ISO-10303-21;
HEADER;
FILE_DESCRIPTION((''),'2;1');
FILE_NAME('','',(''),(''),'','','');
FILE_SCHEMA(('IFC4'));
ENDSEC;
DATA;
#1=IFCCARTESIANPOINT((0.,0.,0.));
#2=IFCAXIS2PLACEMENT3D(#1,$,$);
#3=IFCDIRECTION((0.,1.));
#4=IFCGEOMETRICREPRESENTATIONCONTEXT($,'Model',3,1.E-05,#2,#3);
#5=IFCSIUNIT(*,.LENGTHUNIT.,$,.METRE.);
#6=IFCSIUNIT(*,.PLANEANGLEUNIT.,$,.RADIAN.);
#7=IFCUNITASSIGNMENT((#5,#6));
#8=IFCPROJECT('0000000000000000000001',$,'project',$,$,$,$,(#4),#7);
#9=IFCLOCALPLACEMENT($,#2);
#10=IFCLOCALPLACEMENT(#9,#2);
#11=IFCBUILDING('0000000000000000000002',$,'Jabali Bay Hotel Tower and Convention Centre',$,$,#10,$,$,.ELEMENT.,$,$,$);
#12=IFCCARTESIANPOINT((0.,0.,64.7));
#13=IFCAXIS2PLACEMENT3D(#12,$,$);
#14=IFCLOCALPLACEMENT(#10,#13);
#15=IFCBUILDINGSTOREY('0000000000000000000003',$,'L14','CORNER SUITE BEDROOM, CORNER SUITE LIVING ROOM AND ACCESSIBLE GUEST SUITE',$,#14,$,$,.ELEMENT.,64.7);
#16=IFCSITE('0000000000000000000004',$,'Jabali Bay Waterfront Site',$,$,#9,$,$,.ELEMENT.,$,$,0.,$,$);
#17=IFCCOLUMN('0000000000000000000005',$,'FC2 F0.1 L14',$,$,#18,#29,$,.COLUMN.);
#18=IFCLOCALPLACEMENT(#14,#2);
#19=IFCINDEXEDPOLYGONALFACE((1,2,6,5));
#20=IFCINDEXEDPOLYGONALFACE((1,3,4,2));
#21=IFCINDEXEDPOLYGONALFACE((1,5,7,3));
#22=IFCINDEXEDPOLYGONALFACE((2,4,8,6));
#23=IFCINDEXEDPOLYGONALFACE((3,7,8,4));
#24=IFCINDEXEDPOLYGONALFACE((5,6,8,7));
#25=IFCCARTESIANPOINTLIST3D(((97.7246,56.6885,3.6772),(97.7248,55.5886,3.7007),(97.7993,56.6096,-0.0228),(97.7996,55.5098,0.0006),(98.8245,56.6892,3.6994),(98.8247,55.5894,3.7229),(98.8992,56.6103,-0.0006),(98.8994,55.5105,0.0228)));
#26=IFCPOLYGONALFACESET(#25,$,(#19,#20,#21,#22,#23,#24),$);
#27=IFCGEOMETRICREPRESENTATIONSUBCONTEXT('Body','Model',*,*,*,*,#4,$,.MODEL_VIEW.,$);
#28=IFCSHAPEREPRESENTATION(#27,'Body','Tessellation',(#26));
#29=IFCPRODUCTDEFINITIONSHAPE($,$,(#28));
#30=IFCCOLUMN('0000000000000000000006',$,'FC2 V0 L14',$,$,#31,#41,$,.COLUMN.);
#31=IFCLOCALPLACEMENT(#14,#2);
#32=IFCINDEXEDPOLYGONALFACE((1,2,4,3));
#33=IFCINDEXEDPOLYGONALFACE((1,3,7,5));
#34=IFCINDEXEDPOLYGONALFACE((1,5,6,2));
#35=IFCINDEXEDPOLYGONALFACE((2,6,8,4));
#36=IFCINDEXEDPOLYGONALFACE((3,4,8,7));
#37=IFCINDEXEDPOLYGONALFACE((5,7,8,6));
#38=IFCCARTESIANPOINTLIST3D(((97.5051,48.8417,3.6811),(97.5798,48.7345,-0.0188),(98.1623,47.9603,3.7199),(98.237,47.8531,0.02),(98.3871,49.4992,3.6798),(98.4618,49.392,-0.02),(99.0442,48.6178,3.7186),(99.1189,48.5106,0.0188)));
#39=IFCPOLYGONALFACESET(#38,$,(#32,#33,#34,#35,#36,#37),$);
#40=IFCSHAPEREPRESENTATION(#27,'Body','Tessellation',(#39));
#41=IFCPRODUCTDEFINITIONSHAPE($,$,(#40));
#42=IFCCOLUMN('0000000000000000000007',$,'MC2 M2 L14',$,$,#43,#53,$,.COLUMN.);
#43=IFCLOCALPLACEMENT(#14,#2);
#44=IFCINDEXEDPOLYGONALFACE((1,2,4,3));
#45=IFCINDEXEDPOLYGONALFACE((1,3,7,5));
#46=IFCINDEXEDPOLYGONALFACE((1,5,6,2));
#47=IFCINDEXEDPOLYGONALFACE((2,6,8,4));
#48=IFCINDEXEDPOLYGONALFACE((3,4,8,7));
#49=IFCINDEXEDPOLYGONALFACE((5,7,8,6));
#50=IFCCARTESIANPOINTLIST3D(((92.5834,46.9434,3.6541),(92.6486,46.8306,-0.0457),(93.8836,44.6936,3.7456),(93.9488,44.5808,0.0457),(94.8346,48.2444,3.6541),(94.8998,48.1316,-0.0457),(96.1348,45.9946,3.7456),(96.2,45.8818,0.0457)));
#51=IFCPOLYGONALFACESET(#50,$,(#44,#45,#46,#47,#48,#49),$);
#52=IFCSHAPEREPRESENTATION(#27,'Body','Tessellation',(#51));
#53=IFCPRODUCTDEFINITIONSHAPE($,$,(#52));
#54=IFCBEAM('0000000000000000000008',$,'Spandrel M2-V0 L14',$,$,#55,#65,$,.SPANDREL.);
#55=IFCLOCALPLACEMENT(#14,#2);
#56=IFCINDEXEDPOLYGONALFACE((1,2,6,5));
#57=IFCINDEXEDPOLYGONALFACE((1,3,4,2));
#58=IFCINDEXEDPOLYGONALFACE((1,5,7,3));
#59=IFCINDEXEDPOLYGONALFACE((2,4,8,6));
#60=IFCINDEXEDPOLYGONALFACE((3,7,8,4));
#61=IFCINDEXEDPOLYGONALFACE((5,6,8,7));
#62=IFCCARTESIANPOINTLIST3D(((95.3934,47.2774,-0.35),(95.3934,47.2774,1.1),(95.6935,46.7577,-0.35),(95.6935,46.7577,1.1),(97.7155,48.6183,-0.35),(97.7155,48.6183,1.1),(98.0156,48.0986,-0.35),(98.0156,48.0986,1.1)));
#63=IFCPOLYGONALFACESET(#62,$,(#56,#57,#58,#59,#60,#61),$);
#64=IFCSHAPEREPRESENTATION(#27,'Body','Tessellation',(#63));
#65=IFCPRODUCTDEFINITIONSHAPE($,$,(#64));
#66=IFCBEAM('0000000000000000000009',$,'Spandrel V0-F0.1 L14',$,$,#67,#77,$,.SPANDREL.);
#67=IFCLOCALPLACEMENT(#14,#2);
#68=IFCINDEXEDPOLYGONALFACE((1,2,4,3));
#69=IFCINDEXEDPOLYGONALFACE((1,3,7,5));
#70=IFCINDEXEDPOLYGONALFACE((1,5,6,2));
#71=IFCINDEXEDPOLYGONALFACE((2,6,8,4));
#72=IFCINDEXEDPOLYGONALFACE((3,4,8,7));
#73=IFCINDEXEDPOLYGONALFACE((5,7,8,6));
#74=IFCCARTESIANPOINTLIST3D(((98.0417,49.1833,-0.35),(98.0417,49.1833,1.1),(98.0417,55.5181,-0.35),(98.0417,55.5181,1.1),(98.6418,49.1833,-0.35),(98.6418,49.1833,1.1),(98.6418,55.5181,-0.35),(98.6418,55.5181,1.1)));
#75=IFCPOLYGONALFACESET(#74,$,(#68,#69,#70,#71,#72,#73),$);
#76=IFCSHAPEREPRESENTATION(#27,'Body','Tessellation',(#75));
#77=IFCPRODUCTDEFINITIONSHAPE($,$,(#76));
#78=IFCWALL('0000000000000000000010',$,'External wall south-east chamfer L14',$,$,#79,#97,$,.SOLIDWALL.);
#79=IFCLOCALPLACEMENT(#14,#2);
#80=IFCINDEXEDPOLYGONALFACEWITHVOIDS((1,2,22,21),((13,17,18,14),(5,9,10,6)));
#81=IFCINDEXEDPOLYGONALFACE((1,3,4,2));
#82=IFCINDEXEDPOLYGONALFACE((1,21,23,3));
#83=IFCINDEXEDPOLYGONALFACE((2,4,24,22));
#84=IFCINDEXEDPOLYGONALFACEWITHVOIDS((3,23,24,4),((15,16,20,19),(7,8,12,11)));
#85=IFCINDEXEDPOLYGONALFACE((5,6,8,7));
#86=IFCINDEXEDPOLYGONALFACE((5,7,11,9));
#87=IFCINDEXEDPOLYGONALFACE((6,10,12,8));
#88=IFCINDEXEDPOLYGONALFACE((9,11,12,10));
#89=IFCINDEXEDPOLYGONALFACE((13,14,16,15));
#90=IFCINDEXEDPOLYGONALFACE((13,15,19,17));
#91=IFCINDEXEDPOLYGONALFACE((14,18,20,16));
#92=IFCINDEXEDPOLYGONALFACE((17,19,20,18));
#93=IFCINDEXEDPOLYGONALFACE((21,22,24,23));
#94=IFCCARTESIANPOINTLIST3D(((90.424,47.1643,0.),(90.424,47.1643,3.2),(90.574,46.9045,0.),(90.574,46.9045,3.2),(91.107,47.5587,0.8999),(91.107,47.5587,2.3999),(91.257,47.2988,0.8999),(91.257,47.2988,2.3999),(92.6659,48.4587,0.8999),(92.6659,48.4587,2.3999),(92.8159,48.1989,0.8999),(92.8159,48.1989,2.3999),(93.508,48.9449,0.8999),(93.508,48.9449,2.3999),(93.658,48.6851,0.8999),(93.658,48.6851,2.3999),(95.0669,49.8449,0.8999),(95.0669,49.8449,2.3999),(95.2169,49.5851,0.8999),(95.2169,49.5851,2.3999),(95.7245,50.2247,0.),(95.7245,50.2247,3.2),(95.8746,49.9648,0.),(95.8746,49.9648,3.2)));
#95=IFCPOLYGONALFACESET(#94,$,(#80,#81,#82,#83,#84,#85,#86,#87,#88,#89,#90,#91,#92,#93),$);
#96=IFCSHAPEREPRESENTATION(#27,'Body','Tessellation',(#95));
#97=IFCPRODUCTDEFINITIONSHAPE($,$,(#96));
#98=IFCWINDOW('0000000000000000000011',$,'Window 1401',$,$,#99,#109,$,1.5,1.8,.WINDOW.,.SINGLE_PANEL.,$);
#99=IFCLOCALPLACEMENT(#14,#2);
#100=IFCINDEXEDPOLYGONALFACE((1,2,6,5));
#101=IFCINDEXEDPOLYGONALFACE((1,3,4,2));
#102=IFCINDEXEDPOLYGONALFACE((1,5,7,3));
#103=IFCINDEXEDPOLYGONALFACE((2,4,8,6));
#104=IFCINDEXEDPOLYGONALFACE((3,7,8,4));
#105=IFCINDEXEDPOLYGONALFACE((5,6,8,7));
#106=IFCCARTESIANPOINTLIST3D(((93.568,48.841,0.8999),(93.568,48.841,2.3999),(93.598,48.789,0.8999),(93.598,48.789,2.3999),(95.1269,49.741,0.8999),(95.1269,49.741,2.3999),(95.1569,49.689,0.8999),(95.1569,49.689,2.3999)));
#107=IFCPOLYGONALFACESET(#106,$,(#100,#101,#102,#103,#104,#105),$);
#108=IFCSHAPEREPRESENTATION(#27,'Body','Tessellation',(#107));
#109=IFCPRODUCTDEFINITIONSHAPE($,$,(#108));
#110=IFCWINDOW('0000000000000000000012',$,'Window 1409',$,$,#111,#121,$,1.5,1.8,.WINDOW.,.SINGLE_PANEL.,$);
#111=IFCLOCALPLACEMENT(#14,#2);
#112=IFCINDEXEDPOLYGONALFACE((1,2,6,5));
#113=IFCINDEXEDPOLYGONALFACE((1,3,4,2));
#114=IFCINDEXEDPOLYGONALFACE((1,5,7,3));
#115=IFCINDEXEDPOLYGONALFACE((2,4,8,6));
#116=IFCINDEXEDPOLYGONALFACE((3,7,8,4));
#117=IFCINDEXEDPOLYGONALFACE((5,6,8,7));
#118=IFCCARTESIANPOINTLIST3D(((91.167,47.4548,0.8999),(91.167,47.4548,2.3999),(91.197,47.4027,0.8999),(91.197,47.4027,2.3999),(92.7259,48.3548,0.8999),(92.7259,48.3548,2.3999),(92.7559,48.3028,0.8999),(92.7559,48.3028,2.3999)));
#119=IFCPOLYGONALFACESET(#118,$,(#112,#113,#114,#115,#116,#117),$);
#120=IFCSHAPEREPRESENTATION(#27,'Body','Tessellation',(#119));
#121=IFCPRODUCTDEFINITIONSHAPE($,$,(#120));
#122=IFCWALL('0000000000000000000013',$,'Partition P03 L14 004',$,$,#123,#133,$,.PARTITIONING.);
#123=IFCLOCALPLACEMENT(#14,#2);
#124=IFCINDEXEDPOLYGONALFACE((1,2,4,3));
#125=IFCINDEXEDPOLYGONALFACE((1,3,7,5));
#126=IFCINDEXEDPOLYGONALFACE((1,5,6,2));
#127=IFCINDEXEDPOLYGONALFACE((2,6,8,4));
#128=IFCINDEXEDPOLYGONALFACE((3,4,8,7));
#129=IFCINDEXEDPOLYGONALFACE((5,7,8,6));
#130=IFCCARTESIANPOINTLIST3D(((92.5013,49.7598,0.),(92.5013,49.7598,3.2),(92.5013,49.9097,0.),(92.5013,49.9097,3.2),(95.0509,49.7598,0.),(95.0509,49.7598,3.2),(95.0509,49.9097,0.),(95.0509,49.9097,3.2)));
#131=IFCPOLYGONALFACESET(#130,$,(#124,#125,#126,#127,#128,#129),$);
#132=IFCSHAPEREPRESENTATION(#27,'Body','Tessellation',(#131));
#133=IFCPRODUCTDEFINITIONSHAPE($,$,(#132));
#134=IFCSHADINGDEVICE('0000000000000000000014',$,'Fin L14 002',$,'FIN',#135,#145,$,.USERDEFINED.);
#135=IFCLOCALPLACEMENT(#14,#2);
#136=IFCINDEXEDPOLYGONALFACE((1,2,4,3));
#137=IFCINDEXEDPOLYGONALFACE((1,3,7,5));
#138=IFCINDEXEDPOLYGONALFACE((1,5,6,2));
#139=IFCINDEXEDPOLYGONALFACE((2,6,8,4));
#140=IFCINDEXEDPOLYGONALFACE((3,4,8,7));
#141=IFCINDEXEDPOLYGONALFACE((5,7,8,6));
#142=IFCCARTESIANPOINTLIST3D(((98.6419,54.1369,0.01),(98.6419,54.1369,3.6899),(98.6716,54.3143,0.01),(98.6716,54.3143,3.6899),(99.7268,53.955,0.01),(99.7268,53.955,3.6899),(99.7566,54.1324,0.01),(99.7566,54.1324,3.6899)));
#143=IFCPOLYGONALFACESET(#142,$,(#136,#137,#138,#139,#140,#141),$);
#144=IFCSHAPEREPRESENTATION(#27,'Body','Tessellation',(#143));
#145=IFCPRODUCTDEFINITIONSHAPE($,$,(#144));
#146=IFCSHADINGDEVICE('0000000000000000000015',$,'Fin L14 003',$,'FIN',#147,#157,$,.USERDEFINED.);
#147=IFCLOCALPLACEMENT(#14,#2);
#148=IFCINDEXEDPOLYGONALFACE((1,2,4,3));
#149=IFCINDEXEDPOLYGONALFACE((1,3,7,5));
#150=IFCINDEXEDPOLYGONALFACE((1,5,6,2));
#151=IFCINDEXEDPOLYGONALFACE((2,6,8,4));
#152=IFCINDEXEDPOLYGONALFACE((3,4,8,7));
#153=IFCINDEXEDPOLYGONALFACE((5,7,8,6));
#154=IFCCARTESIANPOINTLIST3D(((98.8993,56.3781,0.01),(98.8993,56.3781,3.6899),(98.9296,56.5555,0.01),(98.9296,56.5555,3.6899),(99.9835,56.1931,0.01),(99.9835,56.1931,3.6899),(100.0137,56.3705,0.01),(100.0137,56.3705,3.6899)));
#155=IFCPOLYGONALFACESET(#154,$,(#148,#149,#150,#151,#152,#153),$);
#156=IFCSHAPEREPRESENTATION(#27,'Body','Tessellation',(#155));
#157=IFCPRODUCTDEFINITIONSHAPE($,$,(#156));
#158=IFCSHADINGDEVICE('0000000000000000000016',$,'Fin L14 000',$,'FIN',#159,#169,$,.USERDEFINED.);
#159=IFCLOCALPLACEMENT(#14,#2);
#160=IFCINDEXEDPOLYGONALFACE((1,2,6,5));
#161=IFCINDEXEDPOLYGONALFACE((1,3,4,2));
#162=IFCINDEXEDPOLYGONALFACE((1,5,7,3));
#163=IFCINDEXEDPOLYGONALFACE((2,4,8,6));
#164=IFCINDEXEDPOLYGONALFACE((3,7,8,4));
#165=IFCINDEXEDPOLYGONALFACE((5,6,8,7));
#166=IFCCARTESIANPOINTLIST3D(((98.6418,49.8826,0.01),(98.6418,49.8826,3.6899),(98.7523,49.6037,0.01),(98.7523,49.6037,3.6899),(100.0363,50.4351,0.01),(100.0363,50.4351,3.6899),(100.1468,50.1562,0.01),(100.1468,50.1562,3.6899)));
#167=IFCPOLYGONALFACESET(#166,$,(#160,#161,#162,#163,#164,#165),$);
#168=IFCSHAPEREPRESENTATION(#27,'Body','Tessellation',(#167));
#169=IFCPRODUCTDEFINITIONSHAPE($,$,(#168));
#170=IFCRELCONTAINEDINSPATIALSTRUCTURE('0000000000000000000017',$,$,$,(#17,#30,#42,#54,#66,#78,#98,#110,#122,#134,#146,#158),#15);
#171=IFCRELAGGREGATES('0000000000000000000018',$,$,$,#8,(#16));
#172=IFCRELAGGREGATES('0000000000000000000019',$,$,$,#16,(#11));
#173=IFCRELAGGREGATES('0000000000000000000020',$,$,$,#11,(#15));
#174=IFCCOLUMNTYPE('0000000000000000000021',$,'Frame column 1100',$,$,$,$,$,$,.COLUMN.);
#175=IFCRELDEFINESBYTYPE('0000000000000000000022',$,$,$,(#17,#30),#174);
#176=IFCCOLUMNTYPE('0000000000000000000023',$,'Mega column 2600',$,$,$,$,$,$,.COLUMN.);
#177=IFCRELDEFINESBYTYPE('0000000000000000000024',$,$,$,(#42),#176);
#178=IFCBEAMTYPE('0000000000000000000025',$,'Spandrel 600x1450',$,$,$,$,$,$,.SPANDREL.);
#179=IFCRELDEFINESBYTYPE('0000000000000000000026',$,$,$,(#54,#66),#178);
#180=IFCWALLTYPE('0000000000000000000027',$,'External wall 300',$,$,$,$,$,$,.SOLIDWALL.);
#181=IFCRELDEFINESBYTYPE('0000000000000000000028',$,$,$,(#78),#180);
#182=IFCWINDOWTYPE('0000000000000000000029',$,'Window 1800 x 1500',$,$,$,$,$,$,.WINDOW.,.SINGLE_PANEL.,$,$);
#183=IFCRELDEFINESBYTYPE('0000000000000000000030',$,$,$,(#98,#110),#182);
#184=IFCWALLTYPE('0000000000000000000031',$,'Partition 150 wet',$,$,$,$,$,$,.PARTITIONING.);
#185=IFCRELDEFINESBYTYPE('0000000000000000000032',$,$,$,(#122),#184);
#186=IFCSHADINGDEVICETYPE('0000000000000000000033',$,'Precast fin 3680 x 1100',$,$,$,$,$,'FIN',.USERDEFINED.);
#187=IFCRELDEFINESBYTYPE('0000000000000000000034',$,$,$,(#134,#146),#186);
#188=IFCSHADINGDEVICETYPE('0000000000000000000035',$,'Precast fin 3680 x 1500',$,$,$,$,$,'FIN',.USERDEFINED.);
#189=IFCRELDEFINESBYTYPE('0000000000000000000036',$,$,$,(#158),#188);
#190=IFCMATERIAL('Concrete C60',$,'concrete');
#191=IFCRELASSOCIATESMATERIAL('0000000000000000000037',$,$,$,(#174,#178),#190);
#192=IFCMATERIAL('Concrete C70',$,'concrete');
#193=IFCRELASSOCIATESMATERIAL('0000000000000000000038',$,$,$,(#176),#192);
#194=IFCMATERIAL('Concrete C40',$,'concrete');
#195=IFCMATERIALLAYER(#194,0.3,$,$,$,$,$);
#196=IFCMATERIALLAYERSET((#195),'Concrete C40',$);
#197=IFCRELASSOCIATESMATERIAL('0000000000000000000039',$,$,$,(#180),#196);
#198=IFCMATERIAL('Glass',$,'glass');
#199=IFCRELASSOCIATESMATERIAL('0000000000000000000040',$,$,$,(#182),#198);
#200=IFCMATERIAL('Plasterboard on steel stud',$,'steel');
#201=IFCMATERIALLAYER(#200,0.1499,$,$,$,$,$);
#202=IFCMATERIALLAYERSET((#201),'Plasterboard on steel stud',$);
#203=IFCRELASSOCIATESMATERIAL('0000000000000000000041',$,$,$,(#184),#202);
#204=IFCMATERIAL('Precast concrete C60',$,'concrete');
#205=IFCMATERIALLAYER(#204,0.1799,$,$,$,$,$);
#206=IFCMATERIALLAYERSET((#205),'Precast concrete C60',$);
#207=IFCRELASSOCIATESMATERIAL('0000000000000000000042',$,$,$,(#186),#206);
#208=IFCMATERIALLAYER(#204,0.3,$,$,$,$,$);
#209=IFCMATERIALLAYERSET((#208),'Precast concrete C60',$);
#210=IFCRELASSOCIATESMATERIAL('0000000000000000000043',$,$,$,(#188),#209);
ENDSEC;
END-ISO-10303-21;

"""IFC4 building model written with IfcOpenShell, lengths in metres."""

from ifc_helpers import new_model, si_unit, direction, frame, frame_2d, origin, origin_2d, place, context, subcontext, project, spatial, rectangle, extrude, material, layer, layer_set, material_profile, profile_set, type_object, element, fill, save


model = new_model("IFC4")

# Units and contexts
model_context = context("Model", 3, precision=1e-05, world=origin(), true_north=direction((0.0, 1.0)))
body_context = subcontext(model_context, "Body", "Model", "MODEL_VIEW")
ifc_project = project(units=[si_unit("LENGTHUNIT", "METRE"), si_unit("PLANEANGLEUNIT", "RADIAN")], contexts=[model_context])

# Site, building, storey
site_placement = place(None, origin())
site = spatial("IfcSite", under=ifc_project, at=site_placement, Name="Jabali Bay Waterfront Site", CompositionType="ELEMENT", RefElevation=0.0)
building_placement = place(site_placement, origin())
building = spatial("IfcBuilding", under=site, at=building_placement, Name="Jabali Bay Hotel Tower and Convention Centre", CompositionType="ELEMENT")
storey_placement = place(building_placement, frame((0.0, 0.0, 64.7)))
storey = spatial("IfcBuildingStorey", under=building, at=storey_placement, Name="L14", Description="CORNER SUITE BEDROOM, CORNER SUITE LIVING ROOM AND ACCESSIBLE GUEST SUITE", CompositionType="ELEMENT", Elevation=64.7)

# Columns
ifc_material_1 = material(Name="Concrete C60", Category="concrete")
ifc_material_profile_1 = material_profile(ifc_material_1, rectangle(XDim=1.1001, YDim=1.1001, at=origin_2d()), Name="Frame column 1100")
ifc_profile_set_1 = profile_set([ifc_material_profile_1], Name="Concrete C60")
column_type_1 = type_object("IfcColumnType", Name="Frame column 1100", PredefinedType="COLUMN", material=ifc_profile_set_1)
column_1_placement = place(storey_placement, frame((98.3494, 56.0601, 0.0), z_axis=(-0.020183, 0.021304, 0.999569), x_axis=(0.000228, -0.999773, 0.021313)))
element("IfcColumn", 1, at=column_1_placement, inside=storey, type_object=column_type_1, Name="FC2 F0.1 L14", PredefinedType="COLUMN", context=body_context, shape_type="SweptSolid", body=[
    extrude(rectangle(XDim=1.1001, YDim=1.1001, at=origin_2d()), origin(), (0.0, 0.0, 1.0), 3.7017),
])
column_2_placement = place(storey_placement, frame((98.3494, 48.6226, 0.0), z_axis=(-0.020179, 0.028949, 0.999377), x_axis=(-0.801715, -0.597705, 0.001126)))
element("IfcColumn", 2, at=column_2_placement, inside=storey, type_object=column_type_1, Name="FC2 V0 L14", PredefinedType="COLUMN", context=body_context, shape_type="SweptSolid", body=[
    extrude(rectangle(XDim=1.1001, YDim=1.1001, at=origin_2d()), origin(), (0.0, 0.0, 1.0), 3.7021),
])
ifc_material_2 = material(Name="Concrete C70", Category="concrete")
ifc_material_profile_2 = material_profile(ifc_material_2, rectangle(XDim=2.6001, YDim=2.6001, at=origin_2d()), Name="Mega column 2600")
ifc_profile_set_2 = profile_set([ifc_material_profile_2], Name="Concrete C70")
column_type_2 = type_object("IfcColumnType", Name="Mega column 2600", PredefinedType="COLUMN", material=ifc_profile_set_2)
column_3_placement = place(storey_placement, frame((94.4243, 46.3562, 0.0), z_axis=(-0.017607, 0.030466, 0.999381), x_axis=(-0.86581, -0.500372, 0.0)))
element("IfcColumn", 3, at=column_3_placement, inside=storey, type_object=column_type_2, Name="MC2 M2 L14", PredefinedType="COLUMN", context=body_context, shape_type="SweptSolid", body=[
    extrude(rectangle(XDim=2.6001, YDim=2.6001, at=origin_2d()), origin(), (0.0, 0.0, 1.0), 3.7021),
])

# Beams
ifc_material_profile_3 = material_profile(ifc_material_1, rectangle(XDim=0.6001, YDim=1.45, at=origin_2d()), Name="Spandrel 600x1450")
ifc_profile_set_3 = profile_set([ifc_material_profile_3], Name="Concrete C60")
beam_type = type_object("IfcBeamType", Name="Spandrel 600x1450", PredefinedType="SPANDREL", material=ifc_profile_set_3)
beam_1_placement = place(storey_placement, frame((95.5435, 47.0176, 0.375), z_axis=(0.865993, 0.500056, 0.0), x_axis=(-0.500056, 0.865993, 0.0)))
element("IfcBeam", 4, at=beam_1_placement, inside=storey, type_object=beam_type, Name="Spandrel M2-V0 L14", PredefinedType="SPANDREL", context=body_context, shape_type="SweptSolid", body=[
    extrude(rectangle(XDim=0.6001, YDim=1.45, at=origin_2d()), origin(), (0.0, 0.0, 1.0), 2.6814),
])
beam_2_placement = place(storey_placement, frame((98.3418, 49.1833, 0.375), z_axis=(0.0, 1.0, 0.0), x_axis=(-1.0, 0.0, 0.0)))
element("IfcBeam", 5, at=beam_2_placement, inside=storey, type_object=beam_type, Name="Spandrel V0-F0.1 L14", PredefinedType="SPANDREL", context=body_context, shape_type="SweptSolid", body=[
    extrude(rectangle(XDim=0.6001, YDim=1.45, at=origin_2d()), origin(), (0.0, 0.0, 1.0), 6.3347),
])

# Wall, openings, windows
ifc_material_3 = material(Name="Concrete C40", Category="concrete")
ifc_layer_1 = layer(ifc_material_3, 0.3)
ifc_layer_set_1 = layer_set([ifc_layer_1], Name="Concrete C40")
wall_type_1 = type_object("IfcWallType", Name="External wall 300", PredefinedType="SOLIDWALL", material=ifc_layer_set_1)
wall_1_placement = place(storey_placement, frame((95.7996, 50.0947, 0.0), z_axis=(0.0, 0.0, 1.0), x_axis=(-0.866023, -0.500004, 0.0)))
wall_1 = element("IfcWall", 6, at=wall_1_placement, inside=storey, type_object=wall_type_1, Name="External wall south-east chamfer L14", PredefinedType="SOLIDWALL", context=body_context, shape_type="SweptSolid", body=[
    extrude(rectangle(XDim=6.1206, YDim=0.3, at=frame_2d((3.0603, 0.0))), origin(), (0.0, 0.0, 1.0), 3.2),
])
opening_1_placement = place(wall_1_placement, frame((0.7595, 0.0, 0.8999)))
opening_1 = element("IfcOpeningElement", 7, at=opening_1_placement, cuts=wall_1, PredefinedType="OPENING", context=body_context, shape_type="SweptSolid", body=[
    extrude(rectangle(XDim=1.8, YDim=1.5, at=frame_2d((0.8999, 0.75))), frame((0.0, 0.1606, 0.0), z_axis=(0.0, -1.0, 0.0), x_axis=(1.0, 0.0, 0.0)), (0.0, 0.0, 1.0), 0.321),
])
opening_2_placement = place(wall_1_placement, frame((3.532, 0.0, 0.8999)))
opening_2 = element("IfcOpeningElement", 8, at=opening_2_placement, cuts=wall_1, PredefinedType="OPENING", context=body_context, shape_type="SweptSolid", body=[
    extrude(rectangle(XDim=1.8, YDim=1.5, at=frame_2d((0.8999, 0.75))), frame((0.0, 0.1606, 0.0), z_axis=(0.0, -1.0, 0.0), x_axis=(1.0, 0.0, 0.0)), (0.0, 0.0, 1.0), 0.321),
])
ifc_material_4 = material(Name="Glass", Category="glass")
window_type = type_object("IfcWindowType", Name="Window 1800 x 1500", PartitioningType="SINGLE_PANEL", PredefinedType="WINDOW", material=ifc_material_4)
window_1_placement = place(opening_1_placement, origin())
window_1 = element("IfcWindow", 9, at=window_1_placement, inside=storey, type_object=window_type, Name="Window 1401", OverallHeight=1.5, OverallWidth=1.8, PartitioningType="SINGLE_PANEL", PredefinedType="WINDOW", context=body_context, shape_type="SweptSolid", body=[
    extrude(rectangle(XDim=1.8, YDim=1.5, at=frame_2d((0.8999, 0.75))), frame((0.0, 0.03, 0.0), z_axis=(0.0, -1.0, 0.0), x_axis=(1.0, 0.0, 0.0)), (0.0, 0.0, 1.0), 0.0601),
])
fill(opening_1, window_1)
window_2_placement = place(opening_2_placement, origin())
window_2 = element("IfcWindow", 10, at=window_2_placement, inside=storey, type_object=window_type, Name="Window 1409", OverallHeight=1.5, OverallWidth=1.8, PartitioningType="SINGLE_PANEL", PredefinedType="WINDOW", context=body_context, shape_type="SweptSolid", body=[
    extrude(rectangle(XDim=1.8, YDim=1.5, at=frame_2d((0.8999, 0.75))), frame((0.0, 0.03, 0.0), z_axis=(0.0, -1.0, 0.0), x_axis=(1.0, 0.0, 0.0)), (0.0, 0.0, 1.0), 0.0601),
])
fill(opening_2, window_2)

# Wall
ifc_material_5 = material(Name="Plasterboard on steel stud", Category="steel")
ifc_layer_2 = layer(ifc_material_5, 0.1499)
ifc_layer_set_2 = layer_set([ifc_layer_2], Name="Plasterboard on steel stud")
wall_type_2 = type_object("IfcWallType", Name="Partition 150 wet", PredefinedType="PARTITIONING", material=ifc_layer_set_2)
wall_2_placement = place(storey_placement, frame((95.051, 49.8347, 0.0), z_axis=(0.0, 0.0, 1.0), x_axis=(-1.0, 0.0, 0.0)))
element("IfcWall", 11, at=wall_2_placement, inside=storey, type_object=wall_type_2, Name="Partition P03 L14 004", PredefinedType="PARTITIONING", context=body_context, shape_type="SweptSolid", body=[
    extrude(rectangle(XDim=2.5496, YDim=0.1499, at=frame_2d((1.2749, 0.0))), origin(), (0.0, 0.0, 1.0), 3.2),
])

# Shading devices
ifc_material_6 = material(Name="Precast concrete C60", Category="concrete")
ifc_layer_3 = layer(ifc_material_6, 0.1799)
ifc_layer_set_3 = layer_set([ifc_layer_3], Name="Precast concrete C60")
shading_device_type_1 = type_object("IfcShadingDeviceType", Name="Precast fin 3680 x 1100", ElementType="FIN", PredefinedType="USERDEFINED", material=ifc_layer_set_3)
shading_device_1_placement = place(storey_placement, frame((98.6567, 54.2256, 0.01), z_axis=(0.0, 0.0, 1.0), x_axis=(0.986238, -0.165335, 0.0)))
element("IfcShadingDevice", 12, at=shading_device_1_placement, inside=storey, type_object=shading_device_type_1, Name="Fin L14 002", ObjectType="FIN", PredefinedType="USERDEFINED", context=body_context, shape_type="SweptSolid", body=[
    extrude(rectangle(XDim=1.1001, YDim=0.1799, at=frame_2d((0.55, 0.0))), origin(), (0.0, 0.0, 1.0), 3.6799),
])
shading_device_2_placement = place(storey_placement, frame((98.9146, 56.4668, 0.01), z_axis=(0.0, 0.0, 1.0), x_axis=(0.985745, -0.168249, 0.0)))
element("IfcShadingDevice", 13, at=shading_device_2_placement, inside=storey, type_object=shading_device_type_1, Name="Fin L14 003", ObjectType="FIN", PredefinedType="USERDEFINED", context=body_context, shape_type="SweptSolid", body=[
    extrude(rectangle(XDim=1.0999, YDim=0.1799, at=frame_2d((0.5498, 0.0))), origin(), (0.0, 0.0, 1.0), 3.6799),
])
ifc_layer_4 = layer(ifc_material_6, 0.3)
ifc_layer_set_4 = layer_set([ifc_layer_4], Name="Precast concrete C60")
shading_device_type_2 = type_object("IfcShadingDeviceType", Name="Precast fin 3680 x 1500", ElementType="FIN", PredefinedType="USERDEFINED", material=ifc_layer_set_4)
shading_device_3_placement = place(storey_placement, frame((98.697, 49.7432, 0.01), z_axis=(0.0, 0.0, 1.0), x_axis=(0.929695, 0.36833, 0.0)))
element("IfcShadingDevice", 14, at=shading_device_3_placement, inside=storey, type_object=shading_device_type_2, Name="Fin L14 000", ObjectType="FIN", PredefinedType="USERDEFINED", context=body_context, shape_type="SweptSolid", body=[
    extrude(rectangle(XDim=1.5, YDim=0.3, at=frame_2d((0.75, 0.0))), origin(), (0.0, 0.0, 1.0), 3.6799),
])

save(model, "model.ifc")
